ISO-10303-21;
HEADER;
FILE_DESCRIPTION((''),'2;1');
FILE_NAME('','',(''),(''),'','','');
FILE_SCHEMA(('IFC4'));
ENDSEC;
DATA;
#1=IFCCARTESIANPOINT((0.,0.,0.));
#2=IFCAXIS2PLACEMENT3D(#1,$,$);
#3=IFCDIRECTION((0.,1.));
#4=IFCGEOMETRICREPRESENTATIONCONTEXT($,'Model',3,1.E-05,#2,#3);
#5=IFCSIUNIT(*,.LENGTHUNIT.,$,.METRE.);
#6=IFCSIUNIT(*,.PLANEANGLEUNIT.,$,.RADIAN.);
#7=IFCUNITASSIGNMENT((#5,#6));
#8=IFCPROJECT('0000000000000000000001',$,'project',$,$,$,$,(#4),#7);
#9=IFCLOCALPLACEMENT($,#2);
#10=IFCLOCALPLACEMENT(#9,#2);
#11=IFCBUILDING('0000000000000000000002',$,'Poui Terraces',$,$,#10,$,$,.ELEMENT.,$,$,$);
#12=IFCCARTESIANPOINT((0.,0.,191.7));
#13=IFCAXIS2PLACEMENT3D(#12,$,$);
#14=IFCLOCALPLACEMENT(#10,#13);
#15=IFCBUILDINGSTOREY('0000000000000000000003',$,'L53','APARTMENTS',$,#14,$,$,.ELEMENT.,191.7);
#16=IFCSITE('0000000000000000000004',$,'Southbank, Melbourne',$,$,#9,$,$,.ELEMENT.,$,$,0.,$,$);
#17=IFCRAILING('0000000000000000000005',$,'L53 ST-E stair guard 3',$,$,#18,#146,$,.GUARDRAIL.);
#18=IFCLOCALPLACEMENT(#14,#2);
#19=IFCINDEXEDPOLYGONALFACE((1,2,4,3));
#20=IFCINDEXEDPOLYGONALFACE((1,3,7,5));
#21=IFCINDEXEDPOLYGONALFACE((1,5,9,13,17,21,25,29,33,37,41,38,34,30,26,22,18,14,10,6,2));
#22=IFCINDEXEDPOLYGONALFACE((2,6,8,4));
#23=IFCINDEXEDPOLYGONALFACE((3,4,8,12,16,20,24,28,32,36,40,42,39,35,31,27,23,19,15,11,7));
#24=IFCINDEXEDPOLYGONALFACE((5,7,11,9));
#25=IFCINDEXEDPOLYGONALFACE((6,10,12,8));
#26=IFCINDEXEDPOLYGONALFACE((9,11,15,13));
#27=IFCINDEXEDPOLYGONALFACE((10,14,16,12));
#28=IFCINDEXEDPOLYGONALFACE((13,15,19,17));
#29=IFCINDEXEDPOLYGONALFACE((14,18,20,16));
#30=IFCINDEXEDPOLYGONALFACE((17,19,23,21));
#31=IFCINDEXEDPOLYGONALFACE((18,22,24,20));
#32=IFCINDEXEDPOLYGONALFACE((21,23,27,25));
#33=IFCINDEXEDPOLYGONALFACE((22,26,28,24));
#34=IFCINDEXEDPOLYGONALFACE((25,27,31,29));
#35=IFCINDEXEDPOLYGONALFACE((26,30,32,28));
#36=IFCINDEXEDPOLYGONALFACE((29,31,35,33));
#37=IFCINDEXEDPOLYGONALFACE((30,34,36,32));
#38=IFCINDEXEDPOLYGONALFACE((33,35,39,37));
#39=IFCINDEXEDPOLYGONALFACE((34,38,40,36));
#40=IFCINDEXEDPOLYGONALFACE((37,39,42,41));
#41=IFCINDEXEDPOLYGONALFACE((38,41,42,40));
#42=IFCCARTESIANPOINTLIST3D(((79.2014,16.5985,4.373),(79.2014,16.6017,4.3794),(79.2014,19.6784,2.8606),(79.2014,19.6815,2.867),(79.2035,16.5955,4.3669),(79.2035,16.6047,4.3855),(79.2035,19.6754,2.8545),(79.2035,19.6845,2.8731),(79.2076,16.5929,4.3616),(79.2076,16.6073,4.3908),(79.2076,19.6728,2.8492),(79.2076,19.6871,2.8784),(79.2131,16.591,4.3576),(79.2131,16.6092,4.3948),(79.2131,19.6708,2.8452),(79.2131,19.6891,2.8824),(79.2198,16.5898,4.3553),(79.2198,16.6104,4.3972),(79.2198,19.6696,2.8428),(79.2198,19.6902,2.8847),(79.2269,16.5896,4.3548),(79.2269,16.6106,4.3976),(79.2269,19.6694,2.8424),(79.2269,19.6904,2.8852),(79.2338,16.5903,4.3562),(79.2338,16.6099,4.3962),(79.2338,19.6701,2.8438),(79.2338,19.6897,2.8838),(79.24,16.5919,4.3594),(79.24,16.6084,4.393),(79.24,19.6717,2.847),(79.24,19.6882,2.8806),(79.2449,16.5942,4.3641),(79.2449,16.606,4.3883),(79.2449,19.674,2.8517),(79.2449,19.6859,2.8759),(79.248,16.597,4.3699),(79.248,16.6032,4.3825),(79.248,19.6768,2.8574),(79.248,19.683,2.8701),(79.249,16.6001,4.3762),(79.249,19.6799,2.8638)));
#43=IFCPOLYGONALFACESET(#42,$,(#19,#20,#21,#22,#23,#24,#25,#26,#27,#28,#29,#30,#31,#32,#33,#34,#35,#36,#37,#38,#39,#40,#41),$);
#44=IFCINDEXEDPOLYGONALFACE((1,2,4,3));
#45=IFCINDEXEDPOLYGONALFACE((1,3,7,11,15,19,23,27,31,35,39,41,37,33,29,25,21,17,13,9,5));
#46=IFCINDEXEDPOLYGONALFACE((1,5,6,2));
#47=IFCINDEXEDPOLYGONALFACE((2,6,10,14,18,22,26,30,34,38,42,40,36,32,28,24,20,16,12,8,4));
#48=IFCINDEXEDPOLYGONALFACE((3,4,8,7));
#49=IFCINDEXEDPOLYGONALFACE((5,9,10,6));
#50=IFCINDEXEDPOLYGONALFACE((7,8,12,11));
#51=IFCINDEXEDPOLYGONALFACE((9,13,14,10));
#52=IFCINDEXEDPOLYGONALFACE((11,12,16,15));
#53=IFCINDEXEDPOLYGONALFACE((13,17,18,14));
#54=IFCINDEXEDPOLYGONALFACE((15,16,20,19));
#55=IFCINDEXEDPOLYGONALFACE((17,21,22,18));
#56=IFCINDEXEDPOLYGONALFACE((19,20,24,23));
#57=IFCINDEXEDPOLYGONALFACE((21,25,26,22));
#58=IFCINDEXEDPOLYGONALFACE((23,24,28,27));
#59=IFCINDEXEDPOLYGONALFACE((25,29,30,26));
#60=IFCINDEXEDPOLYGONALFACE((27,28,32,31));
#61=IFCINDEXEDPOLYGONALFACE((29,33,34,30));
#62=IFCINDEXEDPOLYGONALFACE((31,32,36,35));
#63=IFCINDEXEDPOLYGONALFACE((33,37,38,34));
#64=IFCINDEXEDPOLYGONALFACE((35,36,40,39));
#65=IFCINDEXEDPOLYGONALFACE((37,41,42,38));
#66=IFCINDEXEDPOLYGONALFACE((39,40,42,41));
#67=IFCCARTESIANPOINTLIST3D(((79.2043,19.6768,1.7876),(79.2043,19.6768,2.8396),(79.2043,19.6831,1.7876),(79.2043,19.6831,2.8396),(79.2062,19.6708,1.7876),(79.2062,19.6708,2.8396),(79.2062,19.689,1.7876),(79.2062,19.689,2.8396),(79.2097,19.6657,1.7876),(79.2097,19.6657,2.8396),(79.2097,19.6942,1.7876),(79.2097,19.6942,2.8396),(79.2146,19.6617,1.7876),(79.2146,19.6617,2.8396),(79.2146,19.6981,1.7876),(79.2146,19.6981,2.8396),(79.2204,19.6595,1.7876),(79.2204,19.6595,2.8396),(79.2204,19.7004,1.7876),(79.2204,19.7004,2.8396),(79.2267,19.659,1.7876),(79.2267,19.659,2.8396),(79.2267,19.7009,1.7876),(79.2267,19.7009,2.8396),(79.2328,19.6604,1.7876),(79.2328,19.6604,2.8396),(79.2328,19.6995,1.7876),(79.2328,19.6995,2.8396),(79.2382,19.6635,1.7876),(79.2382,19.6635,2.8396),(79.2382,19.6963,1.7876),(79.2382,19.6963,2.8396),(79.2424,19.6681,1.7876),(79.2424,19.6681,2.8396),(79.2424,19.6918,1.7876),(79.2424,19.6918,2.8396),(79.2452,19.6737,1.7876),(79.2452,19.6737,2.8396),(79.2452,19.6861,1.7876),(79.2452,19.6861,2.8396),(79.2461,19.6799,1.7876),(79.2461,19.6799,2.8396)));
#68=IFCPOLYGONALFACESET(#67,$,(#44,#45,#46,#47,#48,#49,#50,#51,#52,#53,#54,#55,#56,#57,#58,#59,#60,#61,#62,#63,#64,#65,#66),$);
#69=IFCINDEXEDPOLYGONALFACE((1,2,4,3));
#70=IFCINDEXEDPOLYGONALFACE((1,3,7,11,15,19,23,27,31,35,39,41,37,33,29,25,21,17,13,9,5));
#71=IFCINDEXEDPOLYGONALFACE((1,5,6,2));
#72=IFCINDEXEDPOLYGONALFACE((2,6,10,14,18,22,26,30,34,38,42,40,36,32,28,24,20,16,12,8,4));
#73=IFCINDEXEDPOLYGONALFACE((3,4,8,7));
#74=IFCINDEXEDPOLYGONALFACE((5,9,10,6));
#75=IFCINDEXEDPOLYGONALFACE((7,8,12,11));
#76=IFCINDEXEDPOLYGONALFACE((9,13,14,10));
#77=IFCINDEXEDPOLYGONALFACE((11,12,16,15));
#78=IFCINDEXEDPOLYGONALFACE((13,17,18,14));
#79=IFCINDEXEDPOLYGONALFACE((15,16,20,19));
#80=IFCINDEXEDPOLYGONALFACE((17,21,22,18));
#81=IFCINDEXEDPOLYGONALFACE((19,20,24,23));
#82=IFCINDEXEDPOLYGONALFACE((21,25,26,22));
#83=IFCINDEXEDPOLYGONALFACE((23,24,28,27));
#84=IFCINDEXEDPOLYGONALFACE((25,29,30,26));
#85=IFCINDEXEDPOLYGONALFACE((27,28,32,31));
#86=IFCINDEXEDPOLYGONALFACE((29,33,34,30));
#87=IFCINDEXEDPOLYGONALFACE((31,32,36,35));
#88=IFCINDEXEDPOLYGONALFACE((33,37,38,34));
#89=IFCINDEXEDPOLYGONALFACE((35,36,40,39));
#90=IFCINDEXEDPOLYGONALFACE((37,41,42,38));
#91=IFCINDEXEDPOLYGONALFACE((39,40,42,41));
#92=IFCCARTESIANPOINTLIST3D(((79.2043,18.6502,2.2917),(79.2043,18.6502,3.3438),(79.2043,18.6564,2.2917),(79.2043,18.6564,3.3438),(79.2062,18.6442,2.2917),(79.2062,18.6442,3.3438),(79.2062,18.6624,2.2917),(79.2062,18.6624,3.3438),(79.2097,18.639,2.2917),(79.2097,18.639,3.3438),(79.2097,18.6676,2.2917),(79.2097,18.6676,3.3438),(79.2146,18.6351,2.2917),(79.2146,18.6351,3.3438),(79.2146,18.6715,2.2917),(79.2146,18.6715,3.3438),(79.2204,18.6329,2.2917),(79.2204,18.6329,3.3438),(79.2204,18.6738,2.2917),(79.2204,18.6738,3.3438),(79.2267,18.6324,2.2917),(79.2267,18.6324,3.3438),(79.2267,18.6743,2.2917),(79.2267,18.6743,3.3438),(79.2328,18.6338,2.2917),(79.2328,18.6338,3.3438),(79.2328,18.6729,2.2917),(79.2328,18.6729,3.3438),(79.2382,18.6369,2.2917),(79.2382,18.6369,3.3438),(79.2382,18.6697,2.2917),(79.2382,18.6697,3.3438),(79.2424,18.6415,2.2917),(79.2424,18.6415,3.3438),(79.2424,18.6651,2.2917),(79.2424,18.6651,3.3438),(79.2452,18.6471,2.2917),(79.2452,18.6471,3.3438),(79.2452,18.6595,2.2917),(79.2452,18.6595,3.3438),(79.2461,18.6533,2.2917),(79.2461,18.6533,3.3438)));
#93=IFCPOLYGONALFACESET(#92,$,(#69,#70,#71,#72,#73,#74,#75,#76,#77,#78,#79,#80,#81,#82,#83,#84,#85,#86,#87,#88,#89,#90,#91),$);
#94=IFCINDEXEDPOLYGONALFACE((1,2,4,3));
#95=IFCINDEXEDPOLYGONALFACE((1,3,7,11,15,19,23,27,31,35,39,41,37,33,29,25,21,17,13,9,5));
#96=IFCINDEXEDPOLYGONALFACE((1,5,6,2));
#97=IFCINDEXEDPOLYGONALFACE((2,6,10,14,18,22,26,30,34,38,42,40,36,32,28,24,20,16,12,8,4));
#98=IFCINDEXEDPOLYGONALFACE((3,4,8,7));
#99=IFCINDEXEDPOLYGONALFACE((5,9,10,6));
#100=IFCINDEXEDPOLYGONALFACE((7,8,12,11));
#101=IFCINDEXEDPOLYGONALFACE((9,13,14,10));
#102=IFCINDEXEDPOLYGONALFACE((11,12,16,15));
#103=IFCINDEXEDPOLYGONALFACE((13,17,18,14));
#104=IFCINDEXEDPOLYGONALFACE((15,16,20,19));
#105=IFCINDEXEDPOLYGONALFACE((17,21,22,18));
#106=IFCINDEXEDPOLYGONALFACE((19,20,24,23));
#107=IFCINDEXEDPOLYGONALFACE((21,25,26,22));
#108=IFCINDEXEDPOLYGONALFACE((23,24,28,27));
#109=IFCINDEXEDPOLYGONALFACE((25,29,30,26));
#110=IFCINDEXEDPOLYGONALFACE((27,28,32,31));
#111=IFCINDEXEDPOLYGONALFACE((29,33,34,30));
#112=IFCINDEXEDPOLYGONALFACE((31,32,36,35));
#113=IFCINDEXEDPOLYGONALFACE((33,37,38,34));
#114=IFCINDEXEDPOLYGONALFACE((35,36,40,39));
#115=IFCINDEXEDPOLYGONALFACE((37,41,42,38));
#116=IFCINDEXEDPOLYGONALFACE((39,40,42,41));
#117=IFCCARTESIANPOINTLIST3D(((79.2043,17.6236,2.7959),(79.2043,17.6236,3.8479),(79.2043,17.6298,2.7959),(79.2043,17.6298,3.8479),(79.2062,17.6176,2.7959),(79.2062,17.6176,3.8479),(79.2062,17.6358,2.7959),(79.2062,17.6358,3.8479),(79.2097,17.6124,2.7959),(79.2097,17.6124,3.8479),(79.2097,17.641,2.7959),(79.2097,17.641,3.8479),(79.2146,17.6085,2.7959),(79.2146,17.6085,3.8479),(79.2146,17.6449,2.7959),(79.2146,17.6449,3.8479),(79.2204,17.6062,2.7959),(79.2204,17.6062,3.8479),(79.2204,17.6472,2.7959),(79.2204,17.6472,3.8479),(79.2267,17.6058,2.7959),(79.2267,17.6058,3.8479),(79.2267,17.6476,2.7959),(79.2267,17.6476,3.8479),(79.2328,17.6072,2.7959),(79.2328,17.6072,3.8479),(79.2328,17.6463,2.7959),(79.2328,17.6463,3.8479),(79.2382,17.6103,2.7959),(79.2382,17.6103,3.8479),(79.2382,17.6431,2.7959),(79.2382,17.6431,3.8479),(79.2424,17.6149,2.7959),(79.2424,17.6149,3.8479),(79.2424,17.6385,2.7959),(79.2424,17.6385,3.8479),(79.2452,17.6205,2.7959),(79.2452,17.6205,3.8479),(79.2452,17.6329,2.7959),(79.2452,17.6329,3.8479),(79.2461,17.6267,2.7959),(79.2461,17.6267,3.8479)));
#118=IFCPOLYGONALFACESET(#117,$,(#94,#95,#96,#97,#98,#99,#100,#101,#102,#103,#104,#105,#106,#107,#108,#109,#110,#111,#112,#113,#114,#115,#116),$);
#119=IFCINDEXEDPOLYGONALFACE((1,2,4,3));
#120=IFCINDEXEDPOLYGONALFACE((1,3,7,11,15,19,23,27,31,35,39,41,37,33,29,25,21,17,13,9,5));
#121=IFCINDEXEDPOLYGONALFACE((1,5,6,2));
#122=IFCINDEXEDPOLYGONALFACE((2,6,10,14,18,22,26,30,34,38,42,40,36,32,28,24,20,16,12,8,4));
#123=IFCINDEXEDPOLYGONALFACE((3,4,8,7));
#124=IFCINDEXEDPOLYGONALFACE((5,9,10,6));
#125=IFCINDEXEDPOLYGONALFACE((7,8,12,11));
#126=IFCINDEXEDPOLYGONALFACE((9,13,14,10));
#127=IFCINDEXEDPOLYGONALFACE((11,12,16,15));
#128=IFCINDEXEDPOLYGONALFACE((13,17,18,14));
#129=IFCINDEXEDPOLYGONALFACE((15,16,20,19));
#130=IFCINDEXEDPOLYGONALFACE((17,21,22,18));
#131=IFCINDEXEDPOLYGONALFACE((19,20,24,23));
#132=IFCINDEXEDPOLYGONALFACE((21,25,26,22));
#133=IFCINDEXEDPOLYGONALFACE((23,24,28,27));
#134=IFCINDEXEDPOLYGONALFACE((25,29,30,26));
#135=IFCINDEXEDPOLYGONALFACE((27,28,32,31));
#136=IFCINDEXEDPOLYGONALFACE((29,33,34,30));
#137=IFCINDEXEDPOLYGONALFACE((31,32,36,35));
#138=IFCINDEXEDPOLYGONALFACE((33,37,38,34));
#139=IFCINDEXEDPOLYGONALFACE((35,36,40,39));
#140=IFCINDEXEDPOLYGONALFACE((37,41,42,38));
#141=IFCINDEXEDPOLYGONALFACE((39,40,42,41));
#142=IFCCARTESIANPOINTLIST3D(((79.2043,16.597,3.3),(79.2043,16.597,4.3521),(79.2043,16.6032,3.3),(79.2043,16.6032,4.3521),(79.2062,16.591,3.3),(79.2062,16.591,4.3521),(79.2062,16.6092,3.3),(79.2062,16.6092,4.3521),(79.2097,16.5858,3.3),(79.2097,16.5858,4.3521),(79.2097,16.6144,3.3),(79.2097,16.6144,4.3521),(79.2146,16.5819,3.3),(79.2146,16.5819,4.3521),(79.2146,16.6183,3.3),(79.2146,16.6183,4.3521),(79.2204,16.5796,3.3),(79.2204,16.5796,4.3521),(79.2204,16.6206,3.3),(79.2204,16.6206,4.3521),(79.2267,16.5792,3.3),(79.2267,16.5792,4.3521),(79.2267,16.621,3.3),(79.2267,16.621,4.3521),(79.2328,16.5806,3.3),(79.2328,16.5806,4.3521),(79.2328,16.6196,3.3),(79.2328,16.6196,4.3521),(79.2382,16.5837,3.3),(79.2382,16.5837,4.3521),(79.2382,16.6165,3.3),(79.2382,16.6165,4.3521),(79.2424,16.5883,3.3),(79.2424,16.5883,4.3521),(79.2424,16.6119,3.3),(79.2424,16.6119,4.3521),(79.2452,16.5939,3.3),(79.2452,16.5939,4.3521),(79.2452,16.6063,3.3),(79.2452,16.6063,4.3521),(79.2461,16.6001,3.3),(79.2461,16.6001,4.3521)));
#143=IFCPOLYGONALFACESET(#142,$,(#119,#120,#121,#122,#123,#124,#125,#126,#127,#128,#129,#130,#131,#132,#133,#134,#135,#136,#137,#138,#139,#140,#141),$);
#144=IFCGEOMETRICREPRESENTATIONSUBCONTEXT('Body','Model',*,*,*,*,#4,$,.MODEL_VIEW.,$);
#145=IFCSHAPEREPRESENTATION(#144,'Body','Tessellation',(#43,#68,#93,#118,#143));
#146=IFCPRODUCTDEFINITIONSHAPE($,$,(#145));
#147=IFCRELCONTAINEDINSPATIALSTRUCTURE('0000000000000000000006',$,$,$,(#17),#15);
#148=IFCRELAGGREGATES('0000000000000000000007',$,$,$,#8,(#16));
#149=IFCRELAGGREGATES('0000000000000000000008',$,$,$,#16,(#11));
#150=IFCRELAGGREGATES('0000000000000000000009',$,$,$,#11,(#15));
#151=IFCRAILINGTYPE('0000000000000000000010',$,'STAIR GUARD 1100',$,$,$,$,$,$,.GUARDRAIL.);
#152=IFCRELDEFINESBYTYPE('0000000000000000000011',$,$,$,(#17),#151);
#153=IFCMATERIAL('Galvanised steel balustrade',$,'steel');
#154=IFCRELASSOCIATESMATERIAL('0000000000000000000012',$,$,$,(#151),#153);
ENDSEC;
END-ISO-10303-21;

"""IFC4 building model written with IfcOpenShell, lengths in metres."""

from ifc_helpers import new_model, si_unit, direction, frame, origin, origin_2d, place, context, subcontext, project, spatial, circle, extrude, material, type_object, element, save


model = new_model("IFC4")

# Units and contexts
model_context = context("Model", 3, precision=1e-05, world=origin(), true_north=direction((0.0, 1.0)))
body_context = subcontext(model_context, "Body", "Model", "MODEL_VIEW")
ifc_project = project(units=[si_unit("LENGTHUNIT", "METRE"), si_unit("PLANEANGLEUNIT", "RADIAN")], contexts=[model_context])

# Site, building, storey
site_placement = place(None, origin())
site = spatial("IfcSite", under=ifc_project, at=site_placement, Name="Southbank, Melbourne", CompositionType="ELEMENT", RefElevation=0.0)
building_placement = place(site_placement, origin())
building = spatial("IfcBuilding", under=site, at=building_placement, Name="Poui Terraces", CompositionType="ELEMENT")
storey_placement = place(building_placement, frame((0.0, 0.0, 191.7)))
storey = spatial("IfcBuildingStorey", under=building, at=storey_placement, Name="L53", Description="APARTMENTS", CompositionType="ELEMENT", Elevation=191.7)

# Railing
ifc_material_1 = material(Name="Galvanised steel balustrade", Category="steel")
railing_type_1 = type_object("IfcRailingType", Name="STAIR GUARD 1100", PredefinedType="GUARDRAIL", material=ifc_material_1)
railing_1_placement = place(storey_placement, frame((79.2251, 19.6799, 1.7876)))
element("IfcRailing", 1, at=railing_1_placement, inside=storey, type_object=railing_type_1, Name="L53 ST-E stair guard 3", PredefinedType="GUARDRAIL", context=body_context, shape_type="SweptSolid", body=[
    extrude(circle(Radius=0.0239, at=origin_2d()), frame((0.0, 0.0, 1.0762), z_axis=(0.0, -0.897606, 0.440798), x_axis=(1.0, 0.0, 0.0)), (0.0, 0.0, 1.0), 3.4312),
    extrude(circle(Radius=0.021, at=origin_2d()), origin(), (0.0, 0.0, 1.0), 1.052),
    extrude(circle(Radius=0.021, at=origin_2d()), frame((0.0, -1.0266, 0.5042)), (0.0, 0.0, 1.0), 1.052),
    extrude(circle(Radius=0.021, at=origin_2d()), frame((0.0, -2.0532, 1.0083)), (0.0, 0.0, 1.0), 1.052),
    extrude(circle(Radius=0.021, at=origin_2d()), frame((0.0, -3.0798, 1.5125)), (0.0, 0.0, 1.0), 1.052),
])

save(model, "model.ifc")
